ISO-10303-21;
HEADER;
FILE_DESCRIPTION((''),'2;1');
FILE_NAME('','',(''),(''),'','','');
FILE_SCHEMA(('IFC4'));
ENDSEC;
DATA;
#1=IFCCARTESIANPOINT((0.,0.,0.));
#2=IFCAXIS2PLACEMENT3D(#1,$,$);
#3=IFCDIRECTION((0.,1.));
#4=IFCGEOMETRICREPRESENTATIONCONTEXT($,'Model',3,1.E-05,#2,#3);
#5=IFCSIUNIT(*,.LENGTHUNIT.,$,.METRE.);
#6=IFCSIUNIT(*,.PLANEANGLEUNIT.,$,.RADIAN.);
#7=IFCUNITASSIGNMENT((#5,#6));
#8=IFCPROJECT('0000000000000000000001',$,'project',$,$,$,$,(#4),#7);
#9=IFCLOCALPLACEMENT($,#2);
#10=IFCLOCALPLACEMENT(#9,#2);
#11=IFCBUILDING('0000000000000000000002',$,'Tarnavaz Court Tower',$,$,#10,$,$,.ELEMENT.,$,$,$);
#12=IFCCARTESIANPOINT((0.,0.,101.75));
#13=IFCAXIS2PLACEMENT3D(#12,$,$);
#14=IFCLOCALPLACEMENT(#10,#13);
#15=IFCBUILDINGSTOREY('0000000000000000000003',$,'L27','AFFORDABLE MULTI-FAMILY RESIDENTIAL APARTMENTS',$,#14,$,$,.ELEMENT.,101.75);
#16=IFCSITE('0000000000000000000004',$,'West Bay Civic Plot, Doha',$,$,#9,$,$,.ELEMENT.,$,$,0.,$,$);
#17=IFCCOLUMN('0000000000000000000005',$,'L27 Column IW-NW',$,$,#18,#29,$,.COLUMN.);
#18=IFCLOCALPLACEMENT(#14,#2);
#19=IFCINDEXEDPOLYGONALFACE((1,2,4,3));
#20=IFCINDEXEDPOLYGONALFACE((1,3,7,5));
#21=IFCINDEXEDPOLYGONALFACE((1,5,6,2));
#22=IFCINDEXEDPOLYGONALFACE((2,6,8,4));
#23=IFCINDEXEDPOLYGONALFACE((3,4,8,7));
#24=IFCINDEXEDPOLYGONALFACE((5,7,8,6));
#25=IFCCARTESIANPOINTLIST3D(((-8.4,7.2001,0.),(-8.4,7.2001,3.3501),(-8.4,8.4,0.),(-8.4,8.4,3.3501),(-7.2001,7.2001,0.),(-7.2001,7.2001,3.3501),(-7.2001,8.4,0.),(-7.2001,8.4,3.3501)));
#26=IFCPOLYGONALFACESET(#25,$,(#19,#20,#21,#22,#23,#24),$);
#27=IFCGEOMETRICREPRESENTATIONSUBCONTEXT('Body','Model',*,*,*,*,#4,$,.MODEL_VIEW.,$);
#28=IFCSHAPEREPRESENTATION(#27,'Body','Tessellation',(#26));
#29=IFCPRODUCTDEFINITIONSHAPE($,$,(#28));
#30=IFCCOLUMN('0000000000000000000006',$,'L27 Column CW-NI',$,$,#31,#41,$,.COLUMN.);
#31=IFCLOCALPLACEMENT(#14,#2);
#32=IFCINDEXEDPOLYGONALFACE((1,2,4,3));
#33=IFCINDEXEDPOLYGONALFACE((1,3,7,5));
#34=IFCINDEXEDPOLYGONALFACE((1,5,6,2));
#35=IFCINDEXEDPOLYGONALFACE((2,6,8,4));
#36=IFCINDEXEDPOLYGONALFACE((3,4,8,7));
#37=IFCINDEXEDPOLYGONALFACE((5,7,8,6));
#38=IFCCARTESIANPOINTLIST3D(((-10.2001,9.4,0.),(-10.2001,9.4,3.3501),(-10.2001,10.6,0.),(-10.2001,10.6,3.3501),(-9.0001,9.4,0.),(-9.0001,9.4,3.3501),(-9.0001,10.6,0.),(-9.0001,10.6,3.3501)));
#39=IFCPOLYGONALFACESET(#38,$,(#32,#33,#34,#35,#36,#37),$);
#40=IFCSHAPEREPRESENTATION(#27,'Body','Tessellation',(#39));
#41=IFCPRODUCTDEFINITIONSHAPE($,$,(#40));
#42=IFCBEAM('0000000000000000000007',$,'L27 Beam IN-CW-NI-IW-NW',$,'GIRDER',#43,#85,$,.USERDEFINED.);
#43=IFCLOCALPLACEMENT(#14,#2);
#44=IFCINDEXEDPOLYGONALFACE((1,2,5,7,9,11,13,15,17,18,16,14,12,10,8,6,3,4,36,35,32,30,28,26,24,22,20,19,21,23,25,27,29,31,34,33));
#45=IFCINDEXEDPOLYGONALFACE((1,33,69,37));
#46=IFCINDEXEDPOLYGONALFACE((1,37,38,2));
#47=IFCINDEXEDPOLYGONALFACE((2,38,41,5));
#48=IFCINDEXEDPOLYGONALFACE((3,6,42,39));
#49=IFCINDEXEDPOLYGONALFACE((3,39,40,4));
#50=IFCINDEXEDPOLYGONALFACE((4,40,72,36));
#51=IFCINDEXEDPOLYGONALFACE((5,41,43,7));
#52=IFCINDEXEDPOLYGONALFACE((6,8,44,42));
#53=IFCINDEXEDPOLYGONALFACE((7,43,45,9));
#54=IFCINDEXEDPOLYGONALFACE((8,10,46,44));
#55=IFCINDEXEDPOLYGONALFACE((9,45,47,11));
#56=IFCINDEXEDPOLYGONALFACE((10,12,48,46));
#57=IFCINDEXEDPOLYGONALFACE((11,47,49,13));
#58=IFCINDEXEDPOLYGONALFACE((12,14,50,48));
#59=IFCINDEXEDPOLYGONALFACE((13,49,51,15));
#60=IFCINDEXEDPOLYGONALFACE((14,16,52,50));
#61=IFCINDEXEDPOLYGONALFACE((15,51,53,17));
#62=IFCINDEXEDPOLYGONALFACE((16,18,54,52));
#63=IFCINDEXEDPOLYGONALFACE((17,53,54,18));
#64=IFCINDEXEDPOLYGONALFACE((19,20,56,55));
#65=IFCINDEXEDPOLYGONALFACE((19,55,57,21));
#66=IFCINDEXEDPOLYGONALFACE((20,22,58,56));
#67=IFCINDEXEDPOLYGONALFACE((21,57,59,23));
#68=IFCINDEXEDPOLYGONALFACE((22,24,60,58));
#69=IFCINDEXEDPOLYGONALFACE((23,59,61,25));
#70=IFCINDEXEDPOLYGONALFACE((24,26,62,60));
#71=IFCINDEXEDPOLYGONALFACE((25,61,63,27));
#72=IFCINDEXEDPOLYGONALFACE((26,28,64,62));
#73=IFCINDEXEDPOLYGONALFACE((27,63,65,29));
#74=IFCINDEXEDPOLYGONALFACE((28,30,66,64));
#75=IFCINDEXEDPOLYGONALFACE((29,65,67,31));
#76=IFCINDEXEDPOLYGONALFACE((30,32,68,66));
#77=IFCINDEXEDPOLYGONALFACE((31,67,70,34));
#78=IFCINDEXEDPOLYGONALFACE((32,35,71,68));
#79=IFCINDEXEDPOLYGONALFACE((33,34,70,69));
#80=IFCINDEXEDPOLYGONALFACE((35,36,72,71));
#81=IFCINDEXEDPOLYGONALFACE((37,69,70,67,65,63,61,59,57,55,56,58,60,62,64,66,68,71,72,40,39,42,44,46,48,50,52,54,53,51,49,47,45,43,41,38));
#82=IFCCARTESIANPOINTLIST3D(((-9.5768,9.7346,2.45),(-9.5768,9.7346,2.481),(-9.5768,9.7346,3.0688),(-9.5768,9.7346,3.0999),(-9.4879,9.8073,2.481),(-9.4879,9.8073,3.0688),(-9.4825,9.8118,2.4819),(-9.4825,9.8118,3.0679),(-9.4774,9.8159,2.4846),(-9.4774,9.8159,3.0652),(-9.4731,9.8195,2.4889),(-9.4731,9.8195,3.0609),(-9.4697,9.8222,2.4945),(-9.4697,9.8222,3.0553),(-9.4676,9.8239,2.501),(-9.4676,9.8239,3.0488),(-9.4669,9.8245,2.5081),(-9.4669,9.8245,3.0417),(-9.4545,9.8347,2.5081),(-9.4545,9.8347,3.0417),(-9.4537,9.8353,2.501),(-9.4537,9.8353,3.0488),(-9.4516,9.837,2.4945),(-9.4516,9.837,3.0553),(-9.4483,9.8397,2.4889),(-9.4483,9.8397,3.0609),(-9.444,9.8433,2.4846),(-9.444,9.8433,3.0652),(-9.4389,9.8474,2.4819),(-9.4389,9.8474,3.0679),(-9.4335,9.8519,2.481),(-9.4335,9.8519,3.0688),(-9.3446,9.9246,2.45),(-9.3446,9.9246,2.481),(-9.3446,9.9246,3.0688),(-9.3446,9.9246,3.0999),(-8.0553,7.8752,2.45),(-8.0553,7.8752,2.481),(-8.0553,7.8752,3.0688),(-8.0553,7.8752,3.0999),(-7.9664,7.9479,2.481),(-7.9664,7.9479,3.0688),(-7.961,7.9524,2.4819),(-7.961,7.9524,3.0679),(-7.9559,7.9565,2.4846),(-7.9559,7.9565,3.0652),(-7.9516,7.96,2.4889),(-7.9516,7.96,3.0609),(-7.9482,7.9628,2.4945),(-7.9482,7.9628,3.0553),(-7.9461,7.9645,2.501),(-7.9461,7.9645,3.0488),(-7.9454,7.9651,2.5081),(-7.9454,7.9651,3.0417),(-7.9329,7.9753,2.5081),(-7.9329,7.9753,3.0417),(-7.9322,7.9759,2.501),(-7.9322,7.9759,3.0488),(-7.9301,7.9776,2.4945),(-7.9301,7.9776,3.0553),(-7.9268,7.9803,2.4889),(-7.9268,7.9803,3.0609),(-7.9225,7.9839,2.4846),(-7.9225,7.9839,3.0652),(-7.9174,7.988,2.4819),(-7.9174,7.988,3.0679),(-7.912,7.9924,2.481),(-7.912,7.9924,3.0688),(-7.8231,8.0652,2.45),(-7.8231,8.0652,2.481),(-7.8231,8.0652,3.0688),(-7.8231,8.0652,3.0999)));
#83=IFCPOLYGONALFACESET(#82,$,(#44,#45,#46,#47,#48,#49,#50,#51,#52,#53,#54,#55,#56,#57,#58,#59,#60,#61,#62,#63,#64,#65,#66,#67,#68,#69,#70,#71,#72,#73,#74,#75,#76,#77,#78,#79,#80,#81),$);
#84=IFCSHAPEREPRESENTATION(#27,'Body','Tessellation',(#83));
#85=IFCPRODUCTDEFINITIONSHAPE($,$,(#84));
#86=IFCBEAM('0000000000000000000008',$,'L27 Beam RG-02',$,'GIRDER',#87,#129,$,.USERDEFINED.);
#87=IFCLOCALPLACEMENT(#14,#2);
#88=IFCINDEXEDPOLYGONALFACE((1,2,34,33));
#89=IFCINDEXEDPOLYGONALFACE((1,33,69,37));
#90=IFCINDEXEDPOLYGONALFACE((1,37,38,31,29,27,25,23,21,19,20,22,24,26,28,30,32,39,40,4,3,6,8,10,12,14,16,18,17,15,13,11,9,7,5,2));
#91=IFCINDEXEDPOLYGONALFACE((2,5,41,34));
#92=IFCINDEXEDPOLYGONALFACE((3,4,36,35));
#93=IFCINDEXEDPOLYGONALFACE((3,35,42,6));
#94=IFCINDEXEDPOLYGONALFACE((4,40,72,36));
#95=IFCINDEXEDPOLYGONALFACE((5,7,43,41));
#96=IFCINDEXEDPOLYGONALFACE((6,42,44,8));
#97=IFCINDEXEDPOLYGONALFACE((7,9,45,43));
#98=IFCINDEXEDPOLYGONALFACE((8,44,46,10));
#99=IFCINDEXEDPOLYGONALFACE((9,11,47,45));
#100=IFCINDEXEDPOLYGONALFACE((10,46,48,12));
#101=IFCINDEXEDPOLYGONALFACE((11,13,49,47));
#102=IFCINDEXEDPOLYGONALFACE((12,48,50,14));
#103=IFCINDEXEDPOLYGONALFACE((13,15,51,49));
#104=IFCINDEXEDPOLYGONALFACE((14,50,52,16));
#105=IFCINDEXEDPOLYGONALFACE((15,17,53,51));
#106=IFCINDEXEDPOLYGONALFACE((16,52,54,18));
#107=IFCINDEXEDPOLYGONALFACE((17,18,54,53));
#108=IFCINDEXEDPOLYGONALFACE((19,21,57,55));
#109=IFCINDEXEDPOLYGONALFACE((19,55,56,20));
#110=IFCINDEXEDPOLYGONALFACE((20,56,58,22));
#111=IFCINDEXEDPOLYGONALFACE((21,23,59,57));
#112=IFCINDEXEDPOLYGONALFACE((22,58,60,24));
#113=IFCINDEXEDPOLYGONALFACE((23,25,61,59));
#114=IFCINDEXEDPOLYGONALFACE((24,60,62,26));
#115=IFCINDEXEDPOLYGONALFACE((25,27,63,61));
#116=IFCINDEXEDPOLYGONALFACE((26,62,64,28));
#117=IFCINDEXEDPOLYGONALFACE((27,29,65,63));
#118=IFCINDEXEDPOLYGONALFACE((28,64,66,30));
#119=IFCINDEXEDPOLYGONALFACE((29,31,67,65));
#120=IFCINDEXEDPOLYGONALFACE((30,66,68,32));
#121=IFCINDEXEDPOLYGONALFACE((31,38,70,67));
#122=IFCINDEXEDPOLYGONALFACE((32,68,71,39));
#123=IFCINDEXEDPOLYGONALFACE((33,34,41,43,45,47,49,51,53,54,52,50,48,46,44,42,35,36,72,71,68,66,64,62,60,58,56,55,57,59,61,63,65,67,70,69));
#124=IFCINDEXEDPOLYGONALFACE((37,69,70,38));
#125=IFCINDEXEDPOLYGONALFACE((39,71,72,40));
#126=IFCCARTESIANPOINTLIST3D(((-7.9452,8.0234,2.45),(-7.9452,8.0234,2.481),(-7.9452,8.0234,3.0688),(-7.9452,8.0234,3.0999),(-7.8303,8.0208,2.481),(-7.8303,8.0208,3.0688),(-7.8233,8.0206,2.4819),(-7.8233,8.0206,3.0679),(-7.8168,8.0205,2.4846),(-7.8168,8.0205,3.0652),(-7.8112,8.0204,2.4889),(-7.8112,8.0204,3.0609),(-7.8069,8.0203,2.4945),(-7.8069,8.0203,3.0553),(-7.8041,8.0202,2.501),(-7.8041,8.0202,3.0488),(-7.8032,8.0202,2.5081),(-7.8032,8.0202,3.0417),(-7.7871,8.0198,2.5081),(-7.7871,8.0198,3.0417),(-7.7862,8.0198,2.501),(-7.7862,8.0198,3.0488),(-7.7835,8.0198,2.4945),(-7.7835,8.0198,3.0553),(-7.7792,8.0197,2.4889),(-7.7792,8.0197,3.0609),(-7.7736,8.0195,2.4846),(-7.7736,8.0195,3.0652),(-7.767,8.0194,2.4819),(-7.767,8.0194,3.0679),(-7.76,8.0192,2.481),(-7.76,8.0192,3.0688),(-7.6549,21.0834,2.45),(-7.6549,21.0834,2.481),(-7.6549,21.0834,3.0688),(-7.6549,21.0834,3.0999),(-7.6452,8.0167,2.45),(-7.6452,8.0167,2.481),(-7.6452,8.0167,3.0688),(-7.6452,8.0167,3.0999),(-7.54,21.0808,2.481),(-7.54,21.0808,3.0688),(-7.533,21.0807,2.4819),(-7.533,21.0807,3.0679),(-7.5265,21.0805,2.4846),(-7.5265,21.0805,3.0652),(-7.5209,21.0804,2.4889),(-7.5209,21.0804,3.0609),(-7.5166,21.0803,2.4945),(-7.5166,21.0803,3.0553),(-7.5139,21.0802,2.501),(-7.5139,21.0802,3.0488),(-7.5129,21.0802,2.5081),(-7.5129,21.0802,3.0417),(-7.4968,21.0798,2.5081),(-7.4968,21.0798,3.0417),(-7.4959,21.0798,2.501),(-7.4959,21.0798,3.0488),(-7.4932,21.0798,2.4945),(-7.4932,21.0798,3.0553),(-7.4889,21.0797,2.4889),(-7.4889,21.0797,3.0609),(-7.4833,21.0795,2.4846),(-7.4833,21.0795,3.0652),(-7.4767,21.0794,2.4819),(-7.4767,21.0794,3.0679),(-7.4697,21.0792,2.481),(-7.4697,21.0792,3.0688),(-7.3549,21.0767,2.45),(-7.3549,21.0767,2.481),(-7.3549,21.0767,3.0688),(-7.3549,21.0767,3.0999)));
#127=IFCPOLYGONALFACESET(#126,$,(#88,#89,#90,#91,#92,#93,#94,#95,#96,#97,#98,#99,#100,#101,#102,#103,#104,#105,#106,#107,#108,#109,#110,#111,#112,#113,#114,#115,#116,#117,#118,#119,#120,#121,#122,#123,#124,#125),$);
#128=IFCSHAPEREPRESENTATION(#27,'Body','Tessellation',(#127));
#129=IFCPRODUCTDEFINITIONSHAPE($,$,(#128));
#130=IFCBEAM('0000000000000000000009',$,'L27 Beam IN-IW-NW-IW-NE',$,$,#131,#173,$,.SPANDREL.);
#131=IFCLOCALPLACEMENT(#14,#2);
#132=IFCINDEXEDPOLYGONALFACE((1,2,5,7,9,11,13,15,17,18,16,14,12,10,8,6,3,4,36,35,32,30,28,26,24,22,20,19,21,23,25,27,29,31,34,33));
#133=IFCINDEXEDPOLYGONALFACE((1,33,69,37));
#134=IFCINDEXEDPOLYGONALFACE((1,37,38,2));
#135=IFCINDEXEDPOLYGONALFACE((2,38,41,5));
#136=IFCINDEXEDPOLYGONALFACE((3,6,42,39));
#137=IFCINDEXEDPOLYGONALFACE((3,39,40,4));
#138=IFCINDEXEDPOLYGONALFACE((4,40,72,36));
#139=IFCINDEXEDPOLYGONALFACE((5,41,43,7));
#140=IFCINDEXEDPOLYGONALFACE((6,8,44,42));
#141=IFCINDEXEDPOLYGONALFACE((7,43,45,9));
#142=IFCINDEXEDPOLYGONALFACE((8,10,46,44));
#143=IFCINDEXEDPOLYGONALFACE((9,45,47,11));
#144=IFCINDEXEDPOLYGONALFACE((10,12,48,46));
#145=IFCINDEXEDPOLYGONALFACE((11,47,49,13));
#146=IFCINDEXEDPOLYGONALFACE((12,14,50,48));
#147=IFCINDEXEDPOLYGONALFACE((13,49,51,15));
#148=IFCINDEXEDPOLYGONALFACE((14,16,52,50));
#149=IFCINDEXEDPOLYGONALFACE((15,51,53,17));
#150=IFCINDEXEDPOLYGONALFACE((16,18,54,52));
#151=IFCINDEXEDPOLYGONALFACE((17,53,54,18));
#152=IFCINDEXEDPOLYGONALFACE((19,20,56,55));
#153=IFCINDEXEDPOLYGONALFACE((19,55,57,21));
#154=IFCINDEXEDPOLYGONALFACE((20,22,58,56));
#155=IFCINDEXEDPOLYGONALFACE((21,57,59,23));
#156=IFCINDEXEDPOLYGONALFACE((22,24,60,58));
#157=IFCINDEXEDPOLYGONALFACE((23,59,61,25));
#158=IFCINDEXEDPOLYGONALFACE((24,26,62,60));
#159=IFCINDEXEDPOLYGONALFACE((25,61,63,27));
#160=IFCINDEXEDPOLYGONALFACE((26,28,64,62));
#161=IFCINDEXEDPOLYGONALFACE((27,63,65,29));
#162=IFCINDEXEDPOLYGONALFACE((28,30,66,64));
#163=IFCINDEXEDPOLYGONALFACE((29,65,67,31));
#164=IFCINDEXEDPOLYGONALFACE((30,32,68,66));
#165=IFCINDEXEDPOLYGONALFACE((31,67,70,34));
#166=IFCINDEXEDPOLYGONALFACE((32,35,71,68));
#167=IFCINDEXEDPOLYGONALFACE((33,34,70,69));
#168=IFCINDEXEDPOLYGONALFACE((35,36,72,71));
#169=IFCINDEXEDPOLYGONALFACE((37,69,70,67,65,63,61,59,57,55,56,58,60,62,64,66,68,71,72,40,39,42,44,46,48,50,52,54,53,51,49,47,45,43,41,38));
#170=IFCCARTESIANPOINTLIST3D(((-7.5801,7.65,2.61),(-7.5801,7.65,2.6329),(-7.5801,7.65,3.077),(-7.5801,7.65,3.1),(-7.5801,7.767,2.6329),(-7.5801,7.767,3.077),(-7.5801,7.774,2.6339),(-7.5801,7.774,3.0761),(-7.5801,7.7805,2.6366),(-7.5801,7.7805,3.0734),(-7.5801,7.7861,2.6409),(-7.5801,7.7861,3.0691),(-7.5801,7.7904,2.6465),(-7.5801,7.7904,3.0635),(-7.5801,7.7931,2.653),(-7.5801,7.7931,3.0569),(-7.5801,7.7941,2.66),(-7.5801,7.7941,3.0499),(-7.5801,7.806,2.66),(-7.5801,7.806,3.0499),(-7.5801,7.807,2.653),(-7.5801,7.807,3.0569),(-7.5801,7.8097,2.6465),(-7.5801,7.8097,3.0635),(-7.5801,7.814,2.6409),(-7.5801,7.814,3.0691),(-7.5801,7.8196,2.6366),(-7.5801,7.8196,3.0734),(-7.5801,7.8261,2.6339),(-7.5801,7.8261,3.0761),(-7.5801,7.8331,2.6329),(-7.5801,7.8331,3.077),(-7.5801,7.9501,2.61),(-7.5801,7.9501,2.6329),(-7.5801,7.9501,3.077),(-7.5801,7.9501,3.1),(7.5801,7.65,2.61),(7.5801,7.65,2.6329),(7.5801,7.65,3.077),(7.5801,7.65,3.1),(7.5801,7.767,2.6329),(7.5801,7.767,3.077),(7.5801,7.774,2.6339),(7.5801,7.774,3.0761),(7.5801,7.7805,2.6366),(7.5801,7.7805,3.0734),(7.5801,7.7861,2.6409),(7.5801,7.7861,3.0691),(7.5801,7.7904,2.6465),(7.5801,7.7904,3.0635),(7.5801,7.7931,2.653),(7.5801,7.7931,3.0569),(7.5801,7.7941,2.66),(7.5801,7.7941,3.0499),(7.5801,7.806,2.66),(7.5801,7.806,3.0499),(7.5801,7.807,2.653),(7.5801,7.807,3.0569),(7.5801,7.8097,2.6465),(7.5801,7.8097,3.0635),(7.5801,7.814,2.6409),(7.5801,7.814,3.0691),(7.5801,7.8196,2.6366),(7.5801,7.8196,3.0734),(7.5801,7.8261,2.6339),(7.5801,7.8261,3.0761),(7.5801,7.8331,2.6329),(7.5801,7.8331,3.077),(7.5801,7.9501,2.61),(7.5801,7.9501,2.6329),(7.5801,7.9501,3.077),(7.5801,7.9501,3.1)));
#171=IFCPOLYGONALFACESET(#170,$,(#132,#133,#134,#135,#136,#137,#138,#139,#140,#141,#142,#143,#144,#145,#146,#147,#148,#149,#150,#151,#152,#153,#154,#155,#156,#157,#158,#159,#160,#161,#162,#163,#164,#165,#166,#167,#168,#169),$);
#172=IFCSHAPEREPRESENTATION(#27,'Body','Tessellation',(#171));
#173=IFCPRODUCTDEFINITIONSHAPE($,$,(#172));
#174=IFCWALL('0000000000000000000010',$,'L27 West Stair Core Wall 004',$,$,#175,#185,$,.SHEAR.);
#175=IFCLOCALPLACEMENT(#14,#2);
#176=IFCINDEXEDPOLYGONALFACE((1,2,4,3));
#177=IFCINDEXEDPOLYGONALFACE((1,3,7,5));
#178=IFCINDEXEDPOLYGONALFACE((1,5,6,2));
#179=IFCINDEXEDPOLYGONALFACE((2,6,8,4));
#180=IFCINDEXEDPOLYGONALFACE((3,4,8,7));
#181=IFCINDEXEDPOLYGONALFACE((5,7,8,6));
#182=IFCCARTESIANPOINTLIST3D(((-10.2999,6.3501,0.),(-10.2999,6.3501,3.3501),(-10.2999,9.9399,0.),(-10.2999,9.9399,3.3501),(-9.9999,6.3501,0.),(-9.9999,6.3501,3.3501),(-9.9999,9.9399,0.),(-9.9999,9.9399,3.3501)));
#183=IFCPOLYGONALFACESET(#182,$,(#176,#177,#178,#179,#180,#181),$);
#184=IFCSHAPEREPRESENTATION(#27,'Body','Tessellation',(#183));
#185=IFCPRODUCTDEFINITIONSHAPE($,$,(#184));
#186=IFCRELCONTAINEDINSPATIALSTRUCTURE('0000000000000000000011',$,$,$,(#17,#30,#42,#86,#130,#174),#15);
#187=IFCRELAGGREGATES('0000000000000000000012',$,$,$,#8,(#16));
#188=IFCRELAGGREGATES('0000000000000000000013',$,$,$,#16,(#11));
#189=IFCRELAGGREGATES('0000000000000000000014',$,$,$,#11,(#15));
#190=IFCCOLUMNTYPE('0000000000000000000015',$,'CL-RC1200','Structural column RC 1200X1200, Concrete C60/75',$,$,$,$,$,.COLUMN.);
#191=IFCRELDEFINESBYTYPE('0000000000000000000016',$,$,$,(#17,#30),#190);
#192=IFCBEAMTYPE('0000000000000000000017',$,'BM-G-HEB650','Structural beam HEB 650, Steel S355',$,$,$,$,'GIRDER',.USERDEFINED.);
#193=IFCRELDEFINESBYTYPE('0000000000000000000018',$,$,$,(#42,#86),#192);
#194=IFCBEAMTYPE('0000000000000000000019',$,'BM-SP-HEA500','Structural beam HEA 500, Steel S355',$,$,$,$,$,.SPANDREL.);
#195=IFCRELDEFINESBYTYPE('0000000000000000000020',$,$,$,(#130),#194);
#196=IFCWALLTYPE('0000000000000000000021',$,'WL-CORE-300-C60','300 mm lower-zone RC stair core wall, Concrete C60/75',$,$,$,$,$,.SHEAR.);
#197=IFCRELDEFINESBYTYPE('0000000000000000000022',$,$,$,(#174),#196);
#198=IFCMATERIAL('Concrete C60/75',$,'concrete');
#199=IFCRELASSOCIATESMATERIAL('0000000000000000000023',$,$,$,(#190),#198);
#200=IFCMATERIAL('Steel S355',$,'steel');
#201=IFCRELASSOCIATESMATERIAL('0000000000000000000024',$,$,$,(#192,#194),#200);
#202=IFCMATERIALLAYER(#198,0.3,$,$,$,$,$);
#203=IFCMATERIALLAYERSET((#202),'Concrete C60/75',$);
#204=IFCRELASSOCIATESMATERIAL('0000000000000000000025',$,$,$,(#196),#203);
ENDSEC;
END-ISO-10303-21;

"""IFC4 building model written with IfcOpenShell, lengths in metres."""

from ifc_helpers import new_model, si_unit, direction, frame, frame_2d, origin, origin_2d, place, context, subcontext, project, spatial, rectangle, i_section, extrude, material, layer, layer_set, material_profile, profile_set, type_object, element, save


model = new_model("IFC4")

# Units and contexts
model_context = context("Model", 3, precision=1e-05, world=origin(), true_north=direction((0.0, 1.0)))
body_context = subcontext(model_context, "Body", "Model", "MODEL_VIEW")
ifc_project = project(units=[si_unit("LENGTHUNIT", "METRE"), si_unit("PLANEANGLEUNIT", "RADIAN")], contexts=[model_context])

# Site, building, storey
site_placement = place(None, origin())
site = spatial("IfcSite", under=ifc_project, at=site_placement, Name="West Bay Civic Plot, Doha", CompositionType="ELEMENT", RefElevation=0.0)
building_placement = place(site_placement, origin())
building = spatial("IfcBuilding", under=site, at=building_placement, Name="Tarnavaz Court Tower", CompositionType="ELEMENT")
storey_placement = place(building_placement, frame((0.0, 0.0, 101.75)))
storey = spatial("IfcBuildingStorey", under=building, at=storey_placement, Name="L27", Description="AFFORDABLE MULTI-FAMILY RESIDENTIAL APARTMENTS", CompositionType="ELEMENT", Elevation=101.75)

# Columns
ifc_material_1 = material(Name="Concrete C60/75", Category="concrete")
ifc_material_profile_1 = material_profile(ifc_material_1, rectangle(XDim=1.2, YDim=1.2, at=origin_2d()), Name="RC 1200X1200")
ifc_profile_set_1 = profile_set([ifc_material_profile_1], Name="Concrete C60/75")
column_type = type_object("IfcColumnType", Name="CL-RC1200", Description="Structural column RC 1200X1200, Concrete C60/75", PredefinedType="COLUMN", material=ifc_profile_set_1)
for number, where, z_axis, x_axis, name in (
    (1, (-7.8, 7.8, 0.0), (0.0, 0.0, 1.0), (1.0, 0.0, 0.0), "L27 Column IW-NW"),
    (2, (-9.6001, 10.0, 0.0), (0.0, 0.0, 1.0), (1.0, 0.0, 0.0), "L27 Column CW-NI"),
):
    element("IfcColumn", number, at=place(storey_placement, frame(where, z_axis=z_axis, x_axis=x_axis)), inside=storey, type_object=column_type, Name=name, PredefinedType="COLUMN", context=body_context, shape_type="SweptSolid", body=[
        extrude(rectangle(XDim=1.2, YDim=1.2, at=origin_2d()), origin(), (0.0, 0.0, 1.0), 3.3501),
    ])

# Beams
ifc_material_2 = material(Name="Steel S355", Category="steel")
ifc_material_profile_2 = material_profile(ifc_material_2, i_section(OverallWidth=0.3, OverallDepth=0.6499, WebThickness=0.0161, FlangeThickness=0.031, FilletRadius=0.0271, at=origin_2d()), Name="HEB 650")
ifc_profile_set_2 = profile_set([ifc_material_profile_2], Name="Steel S355")
beam_type_1 = type_object("IfcBeamType", Name="BM-G-HEB650", Description="Structural beam HEB 650, Steel S355", ElementType="GIRDER", PredefinedType="USERDEFINED", material=ifc_profile_set_2)
beam_1_placement = place(storey_placement, frame((-9.4607, 9.8296, 2.7749), z_axis=(0.633282, -0.773921, 0.0), x_axis=(0.773921, 0.633282, 0.0)))
element("IfcBeam", 3, at=beam_1_placement, inside=storey, type_object=beam_type_1, Name="L27 Beam IN-CW-NI-IW-NW", ObjectType="GIRDER", PredefinedType="USERDEFINED", context=body_context, shape_type="SweptSolid", body=[
    extrude(i_section(OverallWidth=0.3, OverallDepth=0.6499, WebThickness=0.0161, FlangeThickness=0.031, FilletRadius=0.0271, at=origin_2d()), origin(), (0.0, 0.0, 1.0), 2.4026),
])
beam_2_placement = place(storey_placement, frame((-7.7952, 8.02, 2.7749), z_axis=(0.022221, 0.999753, 0.0), x_axis=(-0.999753, 0.022221, 0.0)))
element("IfcBeam", 4, at=beam_2_placement, inside=storey, type_object=beam_type_1, Name="L27 Beam RG-02", ObjectType="GIRDER", PredefinedType="USERDEFINED", context=body_context, shape_type="SweptSolid", body=[
    extrude(i_section(OverallWidth=0.3, OverallDepth=0.6499, WebThickness=0.0161, FlangeThickness=0.031, FilletRadius=0.0271, at=origin_2d()), origin(), (0.0, 0.0, 1.0), 13.0632),
])
ifc_material_profile_3 = material_profile(ifc_material_2, i_section(OverallWidth=0.3, OverallDepth=0.49, WebThickness=0.012, FlangeThickness=0.0229, FilletRadius=0.0271, at=origin_2d()), Name="HEA 500")
ifc_profile_set_3 = profile_set([ifc_material_profile_3], Name="Steel S355")
beam_type_2 = type_object("IfcBeamType", Name="BM-SP-HEA500", Description="Structural beam HEA 500, Steel S355", PredefinedType="SPANDREL", material=ifc_profile_set_3)
beam_3_placement = place(storey_placement, frame((-7.5801, 7.8, 2.855), z_axis=(1.0, 0.0, 0.0), x_axis=(0.0, 1.0, 0.0)))
element("IfcBeam", 5, at=beam_3_placement, inside=storey, type_object=beam_type_2, Name="L27 Beam IN-IW-NW-IW-NE", PredefinedType="SPANDREL", context=body_context, shape_type="SweptSolid", body=[
    extrude(i_section(OverallWidth=0.3, OverallDepth=0.49, WebThickness=0.012, FlangeThickness=0.0229, FilletRadius=0.0271, at=origin_2d()), origin(), (0.0, 0.0, 1.0), 15.1602),
])

# Wall
ifc_layer_1 = layer(ifc_material_1, 0.3)
ifc_layer_set_1 = layer_set([ifc_layer_1], Name="Concrete C60/75")
wall_type_1 = type_object("IfcWallType", Name="WL-CORE-300-C60", Description="300 mm lower-zone RC stair core wall, Concrete C60/75", PredefinedType="SHEAR", material=ifc_layer_set_1)
wall_1_placement = place(storey_placement, frame((-10.1499, 6.3501, 0.0), z_axis=(0.0, 0.0, 1.0), x_axis=(0.0, 1.0, 0.0)))
element("IfcWall", 6, at=wall_1_placement, inside=storey, type_object=wall_type_1, Name="L27 West Stair Core Wall 004", PredefinedType="SHEAR", context=body_context, shape_type="SweptSolid", body=[
    extrude(rectangle(XDim=3.5898, YDim=0.3, at=frame_2d((1.7949, 0.0))), origin(), (0.0, 0.0, 1.0), 3.3501),
])

save(model, "model.ifc")
